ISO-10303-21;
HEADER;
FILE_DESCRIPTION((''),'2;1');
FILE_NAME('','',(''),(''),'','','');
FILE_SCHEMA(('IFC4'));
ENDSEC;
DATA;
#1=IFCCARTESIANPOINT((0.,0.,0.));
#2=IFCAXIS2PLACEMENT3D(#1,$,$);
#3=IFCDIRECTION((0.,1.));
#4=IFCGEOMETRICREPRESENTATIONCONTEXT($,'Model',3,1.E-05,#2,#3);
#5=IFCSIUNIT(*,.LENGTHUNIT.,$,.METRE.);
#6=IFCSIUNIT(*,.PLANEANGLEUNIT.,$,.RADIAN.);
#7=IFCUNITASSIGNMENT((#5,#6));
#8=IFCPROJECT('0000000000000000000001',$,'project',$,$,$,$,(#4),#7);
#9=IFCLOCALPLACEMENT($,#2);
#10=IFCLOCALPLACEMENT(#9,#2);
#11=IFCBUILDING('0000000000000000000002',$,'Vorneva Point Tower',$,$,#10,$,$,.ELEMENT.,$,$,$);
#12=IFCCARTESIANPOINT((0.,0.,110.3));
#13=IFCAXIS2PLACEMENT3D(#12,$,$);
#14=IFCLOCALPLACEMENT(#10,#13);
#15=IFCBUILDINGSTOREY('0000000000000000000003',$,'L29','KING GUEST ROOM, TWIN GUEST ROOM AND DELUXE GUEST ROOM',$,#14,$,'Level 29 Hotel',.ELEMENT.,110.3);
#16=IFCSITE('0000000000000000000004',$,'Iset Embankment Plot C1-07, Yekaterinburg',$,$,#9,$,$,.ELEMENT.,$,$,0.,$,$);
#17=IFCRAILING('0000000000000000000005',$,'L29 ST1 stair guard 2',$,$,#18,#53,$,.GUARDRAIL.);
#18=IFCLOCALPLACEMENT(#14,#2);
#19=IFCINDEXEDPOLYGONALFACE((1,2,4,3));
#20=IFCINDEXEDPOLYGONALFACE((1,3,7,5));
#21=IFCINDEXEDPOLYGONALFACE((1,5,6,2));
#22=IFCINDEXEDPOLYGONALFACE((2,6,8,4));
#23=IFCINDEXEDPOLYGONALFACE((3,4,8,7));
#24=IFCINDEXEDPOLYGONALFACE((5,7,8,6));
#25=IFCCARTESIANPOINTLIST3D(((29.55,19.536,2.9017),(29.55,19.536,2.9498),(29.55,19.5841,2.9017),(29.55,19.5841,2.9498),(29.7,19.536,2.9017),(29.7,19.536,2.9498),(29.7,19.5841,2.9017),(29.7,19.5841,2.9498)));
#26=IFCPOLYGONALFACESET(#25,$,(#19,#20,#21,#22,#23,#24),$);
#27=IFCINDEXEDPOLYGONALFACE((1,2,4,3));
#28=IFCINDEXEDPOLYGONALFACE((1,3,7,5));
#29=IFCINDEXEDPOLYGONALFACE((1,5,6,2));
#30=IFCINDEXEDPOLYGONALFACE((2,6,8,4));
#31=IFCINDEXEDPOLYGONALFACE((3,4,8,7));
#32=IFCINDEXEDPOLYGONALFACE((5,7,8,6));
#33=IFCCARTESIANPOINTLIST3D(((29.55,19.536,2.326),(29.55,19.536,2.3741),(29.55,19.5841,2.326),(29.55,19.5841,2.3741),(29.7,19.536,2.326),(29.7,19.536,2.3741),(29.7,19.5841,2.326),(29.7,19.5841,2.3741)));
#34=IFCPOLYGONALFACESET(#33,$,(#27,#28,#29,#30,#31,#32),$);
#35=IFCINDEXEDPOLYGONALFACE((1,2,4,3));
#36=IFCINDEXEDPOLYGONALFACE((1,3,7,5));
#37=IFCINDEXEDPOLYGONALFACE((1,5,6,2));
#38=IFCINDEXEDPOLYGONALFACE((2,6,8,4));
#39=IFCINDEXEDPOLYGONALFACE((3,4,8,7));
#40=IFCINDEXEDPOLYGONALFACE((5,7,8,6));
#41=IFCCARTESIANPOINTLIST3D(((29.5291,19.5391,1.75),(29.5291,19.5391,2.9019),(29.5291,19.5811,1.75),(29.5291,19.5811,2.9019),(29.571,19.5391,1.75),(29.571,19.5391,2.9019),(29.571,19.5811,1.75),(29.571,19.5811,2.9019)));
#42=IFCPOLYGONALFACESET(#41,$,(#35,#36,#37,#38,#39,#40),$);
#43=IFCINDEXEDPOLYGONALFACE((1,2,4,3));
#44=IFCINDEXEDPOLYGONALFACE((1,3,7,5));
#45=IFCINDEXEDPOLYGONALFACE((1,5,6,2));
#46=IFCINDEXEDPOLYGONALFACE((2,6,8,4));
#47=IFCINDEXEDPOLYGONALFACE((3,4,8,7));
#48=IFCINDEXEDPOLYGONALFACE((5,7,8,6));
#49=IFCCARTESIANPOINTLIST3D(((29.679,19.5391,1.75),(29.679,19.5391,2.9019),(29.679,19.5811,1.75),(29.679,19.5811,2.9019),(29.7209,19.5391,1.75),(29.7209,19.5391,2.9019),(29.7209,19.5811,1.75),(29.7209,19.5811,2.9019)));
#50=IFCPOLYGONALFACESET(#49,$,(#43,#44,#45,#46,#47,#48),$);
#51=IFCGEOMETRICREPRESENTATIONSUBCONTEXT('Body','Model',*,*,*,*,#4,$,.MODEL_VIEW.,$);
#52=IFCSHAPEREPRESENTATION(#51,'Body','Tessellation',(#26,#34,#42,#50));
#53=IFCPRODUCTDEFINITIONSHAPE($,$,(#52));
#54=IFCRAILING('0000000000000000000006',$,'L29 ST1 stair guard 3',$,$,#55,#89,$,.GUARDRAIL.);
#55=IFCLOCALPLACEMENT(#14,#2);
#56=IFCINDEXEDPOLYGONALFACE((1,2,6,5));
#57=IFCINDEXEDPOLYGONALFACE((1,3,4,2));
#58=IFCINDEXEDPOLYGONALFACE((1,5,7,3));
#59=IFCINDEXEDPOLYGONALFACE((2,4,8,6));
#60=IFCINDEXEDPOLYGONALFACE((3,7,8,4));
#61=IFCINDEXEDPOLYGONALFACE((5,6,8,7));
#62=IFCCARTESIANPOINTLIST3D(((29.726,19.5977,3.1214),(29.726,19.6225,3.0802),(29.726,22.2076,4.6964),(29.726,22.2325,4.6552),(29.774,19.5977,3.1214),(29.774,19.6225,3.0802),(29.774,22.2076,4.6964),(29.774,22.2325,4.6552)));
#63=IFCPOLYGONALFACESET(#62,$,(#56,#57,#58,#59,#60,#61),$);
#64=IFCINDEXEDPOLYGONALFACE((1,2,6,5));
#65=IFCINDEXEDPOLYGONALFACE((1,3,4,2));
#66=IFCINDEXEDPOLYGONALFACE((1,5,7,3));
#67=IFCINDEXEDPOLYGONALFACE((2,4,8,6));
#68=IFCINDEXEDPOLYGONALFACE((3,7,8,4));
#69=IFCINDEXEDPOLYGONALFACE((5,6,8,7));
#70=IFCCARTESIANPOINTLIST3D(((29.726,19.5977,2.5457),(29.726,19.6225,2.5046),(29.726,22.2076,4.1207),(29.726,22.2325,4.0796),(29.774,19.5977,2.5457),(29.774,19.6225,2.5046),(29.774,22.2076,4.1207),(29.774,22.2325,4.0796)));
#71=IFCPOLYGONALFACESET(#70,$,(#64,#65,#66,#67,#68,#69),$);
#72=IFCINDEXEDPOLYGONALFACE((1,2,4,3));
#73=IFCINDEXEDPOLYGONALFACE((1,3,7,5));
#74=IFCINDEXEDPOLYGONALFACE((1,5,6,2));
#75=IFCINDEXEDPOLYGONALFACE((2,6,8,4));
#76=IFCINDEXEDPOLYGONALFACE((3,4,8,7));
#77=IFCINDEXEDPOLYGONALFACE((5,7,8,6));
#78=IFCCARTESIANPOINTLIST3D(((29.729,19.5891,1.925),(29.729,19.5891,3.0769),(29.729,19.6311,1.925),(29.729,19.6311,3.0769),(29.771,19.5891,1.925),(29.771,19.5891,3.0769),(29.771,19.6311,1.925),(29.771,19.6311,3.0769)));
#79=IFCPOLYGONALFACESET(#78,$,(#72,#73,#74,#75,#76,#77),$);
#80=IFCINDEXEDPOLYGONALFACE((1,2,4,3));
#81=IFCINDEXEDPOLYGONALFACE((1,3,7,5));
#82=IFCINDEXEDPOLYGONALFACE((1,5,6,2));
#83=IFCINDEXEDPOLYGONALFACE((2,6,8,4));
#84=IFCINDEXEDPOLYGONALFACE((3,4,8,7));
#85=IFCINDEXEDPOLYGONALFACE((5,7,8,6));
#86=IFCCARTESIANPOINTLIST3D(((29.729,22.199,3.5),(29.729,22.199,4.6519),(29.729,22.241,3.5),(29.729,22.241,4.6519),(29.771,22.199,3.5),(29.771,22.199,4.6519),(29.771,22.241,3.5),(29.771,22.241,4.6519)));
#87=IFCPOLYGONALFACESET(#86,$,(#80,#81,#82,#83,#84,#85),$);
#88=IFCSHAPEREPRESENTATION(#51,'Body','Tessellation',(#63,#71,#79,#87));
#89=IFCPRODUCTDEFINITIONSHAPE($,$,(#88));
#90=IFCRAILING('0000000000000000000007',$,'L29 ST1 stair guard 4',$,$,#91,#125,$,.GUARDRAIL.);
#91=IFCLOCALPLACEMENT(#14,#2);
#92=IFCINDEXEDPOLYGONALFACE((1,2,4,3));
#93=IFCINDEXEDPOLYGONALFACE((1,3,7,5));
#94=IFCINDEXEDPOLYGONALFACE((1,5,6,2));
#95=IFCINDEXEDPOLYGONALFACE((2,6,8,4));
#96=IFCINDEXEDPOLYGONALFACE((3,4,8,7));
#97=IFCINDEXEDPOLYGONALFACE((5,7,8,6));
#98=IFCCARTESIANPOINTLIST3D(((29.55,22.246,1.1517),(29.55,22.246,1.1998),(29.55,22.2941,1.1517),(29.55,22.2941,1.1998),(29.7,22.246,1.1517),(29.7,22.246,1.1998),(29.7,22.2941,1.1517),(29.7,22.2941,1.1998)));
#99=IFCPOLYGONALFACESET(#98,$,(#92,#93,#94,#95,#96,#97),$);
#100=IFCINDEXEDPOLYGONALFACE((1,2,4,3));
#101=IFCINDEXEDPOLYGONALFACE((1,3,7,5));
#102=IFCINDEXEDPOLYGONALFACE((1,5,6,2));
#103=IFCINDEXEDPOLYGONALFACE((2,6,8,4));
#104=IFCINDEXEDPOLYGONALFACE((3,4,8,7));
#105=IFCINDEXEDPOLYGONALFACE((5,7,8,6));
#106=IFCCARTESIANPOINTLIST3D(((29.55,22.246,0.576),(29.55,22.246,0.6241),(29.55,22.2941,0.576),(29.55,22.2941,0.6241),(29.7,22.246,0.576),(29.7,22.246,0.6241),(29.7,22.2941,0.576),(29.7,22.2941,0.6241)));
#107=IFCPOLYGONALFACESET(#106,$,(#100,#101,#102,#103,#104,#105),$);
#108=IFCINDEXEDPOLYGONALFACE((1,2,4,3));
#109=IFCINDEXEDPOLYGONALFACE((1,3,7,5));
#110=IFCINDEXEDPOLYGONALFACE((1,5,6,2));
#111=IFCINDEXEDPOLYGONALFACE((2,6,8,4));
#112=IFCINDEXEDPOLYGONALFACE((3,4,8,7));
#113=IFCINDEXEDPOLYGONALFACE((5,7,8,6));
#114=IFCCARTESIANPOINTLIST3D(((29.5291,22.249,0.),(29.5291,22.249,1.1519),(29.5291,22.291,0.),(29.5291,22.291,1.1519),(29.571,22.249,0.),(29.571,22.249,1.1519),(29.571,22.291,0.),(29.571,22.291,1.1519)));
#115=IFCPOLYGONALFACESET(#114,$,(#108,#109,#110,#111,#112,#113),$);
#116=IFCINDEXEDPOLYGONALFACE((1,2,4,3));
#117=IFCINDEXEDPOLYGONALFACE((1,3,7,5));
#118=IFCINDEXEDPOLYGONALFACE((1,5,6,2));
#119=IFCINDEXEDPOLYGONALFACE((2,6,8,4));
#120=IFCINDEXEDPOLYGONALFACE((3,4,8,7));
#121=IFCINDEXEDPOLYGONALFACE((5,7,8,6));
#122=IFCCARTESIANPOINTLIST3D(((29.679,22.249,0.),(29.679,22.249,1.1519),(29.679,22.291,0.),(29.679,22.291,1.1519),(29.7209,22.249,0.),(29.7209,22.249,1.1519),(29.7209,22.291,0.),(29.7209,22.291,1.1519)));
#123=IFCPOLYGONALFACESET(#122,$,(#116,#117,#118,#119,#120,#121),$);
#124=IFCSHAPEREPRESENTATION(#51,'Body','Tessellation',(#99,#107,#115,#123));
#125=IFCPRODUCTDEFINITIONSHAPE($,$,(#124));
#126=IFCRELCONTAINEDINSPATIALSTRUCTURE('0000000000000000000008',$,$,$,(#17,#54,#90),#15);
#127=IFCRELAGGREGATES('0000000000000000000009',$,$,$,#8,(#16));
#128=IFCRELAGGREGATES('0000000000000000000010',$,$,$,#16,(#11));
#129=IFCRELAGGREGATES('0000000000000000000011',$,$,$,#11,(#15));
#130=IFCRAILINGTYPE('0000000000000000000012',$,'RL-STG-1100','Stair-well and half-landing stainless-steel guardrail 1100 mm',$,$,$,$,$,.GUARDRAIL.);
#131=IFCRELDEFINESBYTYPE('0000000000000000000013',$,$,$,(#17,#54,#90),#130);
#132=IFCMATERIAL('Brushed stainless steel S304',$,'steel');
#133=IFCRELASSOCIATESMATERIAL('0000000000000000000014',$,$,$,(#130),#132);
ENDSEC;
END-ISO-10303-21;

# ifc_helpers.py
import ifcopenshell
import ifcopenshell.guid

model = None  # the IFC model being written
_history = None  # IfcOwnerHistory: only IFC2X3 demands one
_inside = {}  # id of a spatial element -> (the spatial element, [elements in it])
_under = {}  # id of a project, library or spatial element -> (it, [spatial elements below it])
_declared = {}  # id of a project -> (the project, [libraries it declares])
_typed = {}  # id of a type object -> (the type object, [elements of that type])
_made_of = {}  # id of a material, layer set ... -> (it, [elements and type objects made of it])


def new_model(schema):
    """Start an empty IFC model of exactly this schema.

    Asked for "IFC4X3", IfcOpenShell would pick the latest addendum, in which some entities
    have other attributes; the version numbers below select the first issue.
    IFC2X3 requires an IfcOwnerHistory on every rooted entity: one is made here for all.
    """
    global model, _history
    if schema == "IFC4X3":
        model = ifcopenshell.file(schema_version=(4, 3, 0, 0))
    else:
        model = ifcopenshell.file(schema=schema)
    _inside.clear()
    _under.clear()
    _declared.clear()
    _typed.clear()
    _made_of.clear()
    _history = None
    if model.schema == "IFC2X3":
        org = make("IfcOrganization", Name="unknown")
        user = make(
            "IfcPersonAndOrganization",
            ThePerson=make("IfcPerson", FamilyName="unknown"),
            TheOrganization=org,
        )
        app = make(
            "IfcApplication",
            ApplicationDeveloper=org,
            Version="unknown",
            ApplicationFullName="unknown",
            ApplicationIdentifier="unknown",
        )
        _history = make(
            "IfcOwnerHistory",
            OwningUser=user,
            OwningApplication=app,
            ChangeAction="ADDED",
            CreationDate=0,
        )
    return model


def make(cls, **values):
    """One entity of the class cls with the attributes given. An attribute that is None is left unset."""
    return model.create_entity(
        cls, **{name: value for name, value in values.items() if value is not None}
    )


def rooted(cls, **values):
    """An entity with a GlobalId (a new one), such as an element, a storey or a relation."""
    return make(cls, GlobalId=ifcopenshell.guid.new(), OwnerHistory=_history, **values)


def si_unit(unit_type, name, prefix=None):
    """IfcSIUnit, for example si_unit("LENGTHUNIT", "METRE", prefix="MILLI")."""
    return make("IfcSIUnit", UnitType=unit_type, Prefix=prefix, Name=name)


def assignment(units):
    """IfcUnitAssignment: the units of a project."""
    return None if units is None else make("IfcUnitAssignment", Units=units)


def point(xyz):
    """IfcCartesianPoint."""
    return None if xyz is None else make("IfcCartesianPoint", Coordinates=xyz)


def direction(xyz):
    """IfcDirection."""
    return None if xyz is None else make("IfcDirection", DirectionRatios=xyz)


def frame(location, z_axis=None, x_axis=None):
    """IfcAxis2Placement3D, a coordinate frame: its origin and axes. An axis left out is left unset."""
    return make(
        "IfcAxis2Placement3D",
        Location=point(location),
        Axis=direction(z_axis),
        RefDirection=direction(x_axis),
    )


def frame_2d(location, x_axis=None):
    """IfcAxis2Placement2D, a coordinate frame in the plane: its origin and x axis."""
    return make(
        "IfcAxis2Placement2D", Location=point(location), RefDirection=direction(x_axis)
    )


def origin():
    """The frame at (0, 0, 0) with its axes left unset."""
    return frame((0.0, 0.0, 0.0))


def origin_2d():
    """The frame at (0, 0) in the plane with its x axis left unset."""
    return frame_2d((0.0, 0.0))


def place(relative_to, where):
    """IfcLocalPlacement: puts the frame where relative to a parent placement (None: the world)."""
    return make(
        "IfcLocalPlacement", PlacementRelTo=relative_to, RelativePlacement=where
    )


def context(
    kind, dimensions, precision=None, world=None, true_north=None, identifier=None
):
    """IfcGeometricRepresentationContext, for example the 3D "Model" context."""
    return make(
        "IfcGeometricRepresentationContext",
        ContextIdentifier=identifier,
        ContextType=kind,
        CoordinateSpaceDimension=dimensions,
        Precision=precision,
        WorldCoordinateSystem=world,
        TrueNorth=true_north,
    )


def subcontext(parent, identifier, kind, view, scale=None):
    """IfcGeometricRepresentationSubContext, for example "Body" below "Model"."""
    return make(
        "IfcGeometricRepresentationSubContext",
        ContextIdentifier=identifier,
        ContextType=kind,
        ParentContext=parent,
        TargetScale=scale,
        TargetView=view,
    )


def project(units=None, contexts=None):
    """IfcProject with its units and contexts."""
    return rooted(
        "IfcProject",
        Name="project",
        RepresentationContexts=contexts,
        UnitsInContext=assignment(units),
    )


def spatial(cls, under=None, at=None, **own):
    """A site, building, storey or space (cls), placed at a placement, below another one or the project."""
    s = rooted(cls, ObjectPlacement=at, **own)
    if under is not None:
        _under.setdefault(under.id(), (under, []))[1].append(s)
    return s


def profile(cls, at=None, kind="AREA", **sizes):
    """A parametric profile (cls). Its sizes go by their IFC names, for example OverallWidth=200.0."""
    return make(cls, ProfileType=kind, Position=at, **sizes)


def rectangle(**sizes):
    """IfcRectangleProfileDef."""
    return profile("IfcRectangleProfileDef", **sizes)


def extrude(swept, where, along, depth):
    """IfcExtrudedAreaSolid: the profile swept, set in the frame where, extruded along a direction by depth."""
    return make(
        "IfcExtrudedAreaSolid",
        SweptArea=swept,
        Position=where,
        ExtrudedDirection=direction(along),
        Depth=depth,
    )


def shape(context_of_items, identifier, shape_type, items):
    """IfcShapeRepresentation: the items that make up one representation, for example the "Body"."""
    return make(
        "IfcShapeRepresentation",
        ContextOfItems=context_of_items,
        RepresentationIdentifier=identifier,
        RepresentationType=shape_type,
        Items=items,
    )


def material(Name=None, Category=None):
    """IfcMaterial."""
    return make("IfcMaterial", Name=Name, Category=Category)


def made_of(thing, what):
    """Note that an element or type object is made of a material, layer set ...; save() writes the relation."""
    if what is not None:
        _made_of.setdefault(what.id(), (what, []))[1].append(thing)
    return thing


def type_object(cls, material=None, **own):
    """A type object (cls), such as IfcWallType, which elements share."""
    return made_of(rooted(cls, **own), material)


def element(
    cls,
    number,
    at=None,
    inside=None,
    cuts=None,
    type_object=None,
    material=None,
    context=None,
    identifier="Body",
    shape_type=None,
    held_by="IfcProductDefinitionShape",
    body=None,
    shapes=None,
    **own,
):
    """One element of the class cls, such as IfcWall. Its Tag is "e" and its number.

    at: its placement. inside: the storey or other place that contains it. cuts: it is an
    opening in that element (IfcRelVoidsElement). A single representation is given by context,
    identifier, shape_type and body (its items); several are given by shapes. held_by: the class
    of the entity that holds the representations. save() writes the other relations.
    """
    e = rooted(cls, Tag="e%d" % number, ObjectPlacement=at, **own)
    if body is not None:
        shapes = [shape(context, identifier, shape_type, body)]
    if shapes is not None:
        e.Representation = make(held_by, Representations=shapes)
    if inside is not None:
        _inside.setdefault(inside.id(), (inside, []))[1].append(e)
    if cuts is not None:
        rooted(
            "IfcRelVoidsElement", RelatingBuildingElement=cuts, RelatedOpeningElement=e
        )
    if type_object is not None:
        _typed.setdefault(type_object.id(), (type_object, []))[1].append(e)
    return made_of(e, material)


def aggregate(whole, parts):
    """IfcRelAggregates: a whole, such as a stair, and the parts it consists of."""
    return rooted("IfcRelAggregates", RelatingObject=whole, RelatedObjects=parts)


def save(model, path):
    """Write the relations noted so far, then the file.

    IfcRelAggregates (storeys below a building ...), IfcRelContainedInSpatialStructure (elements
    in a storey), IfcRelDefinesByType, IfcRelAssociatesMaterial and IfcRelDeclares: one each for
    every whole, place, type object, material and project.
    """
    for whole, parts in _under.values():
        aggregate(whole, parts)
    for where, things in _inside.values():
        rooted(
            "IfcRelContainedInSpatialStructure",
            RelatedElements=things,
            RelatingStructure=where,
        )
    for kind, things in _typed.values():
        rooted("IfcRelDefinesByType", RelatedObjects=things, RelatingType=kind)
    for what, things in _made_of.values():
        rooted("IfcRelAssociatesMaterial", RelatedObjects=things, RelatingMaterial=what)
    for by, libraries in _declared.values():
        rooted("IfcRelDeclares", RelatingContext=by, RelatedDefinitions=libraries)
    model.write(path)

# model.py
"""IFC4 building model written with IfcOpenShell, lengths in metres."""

from ifc_helpers import new_model, si_unit, direction, frame, origin, origin_2d, place, context, subcontext, project, spatial, rectangle, extrude, material, type_object, element, save


model = new_model("IFC4")

# Units and contexts
model_context = context("Model", 3, precision=1e-05, world=origin(), true_north=direction((0.0, 1.0)))
body_context = subcontext(model_context, "Body", "Model", "MODEL_VIEW")
ifc_project = project(units=[si_unit("LENGTHUNIT", "METRE"), si_unit("PLANEANGLEUNIT", "RADIAN")], contexts=[model_context])

# Site, building, storey
site_placement = place(None, origin())
site = spatial("IfcSite", under=ifc_project, at=site_placement, Name="Iset Embankment Plot C1-07, Yekaterinburg", CompositionType="ELEMENT", RefElevation=0.0)
building_placement = place(site_placement, origin())
building = spatial("IfcBuilding", under=site, at=building_placement, Name="Vorneva Point Tower", CompositionType="ELEMENT")
storey_placement = place(building_placement, frame((0.0, 0.0, 110.3)))
storey = spatial("IfcBuildingStorey", under=building, at=storey_placement, Name="L29", Description="KING GUEST ROOM, TWIN GUEST ROOM AND DELUXE GUEST ROOM", LongName="Level 29 Hotel", CompositionType="ELEMENT", Elevation=110.3)

# Railings
ifc_material_1 = material(Name="Brushed stainless steel S304", Category="steel")
railing_type_1 = type_object("IfcRailingType", Name="RL-STG-1100", Description="Stair-well and half-landing stainless-steel guardrail 1100 mm", PredefinedType="GUARDRAIL", material=ifc_material_1)
railing_1_placement = place(storey_placement, frame((29.55, 19.5601, 1.75)))
element("IfcRailing", 1, at=railing_1_placement, inside=storey, type_object=railing_type_1, Name="L29 ST1 stair guard 2", PredefinedType="GUARDRAIL", context=body_context, shape_type="SweptSolid", body=[
    extrude(rectangle(XDim=0.0481, YDim=0.0481, at=origin_2d()), frame((0.0, 0.0, 1.1758), z_axis=(1.0, 0.0, 0.0), x_axis=(0.0, 1.0, 0.0)), (0.0, 0.0, 1.0), 0.1499),
    extrude(rectangle(XDim=0.0481, YDim=0.0481, at=origin_2d()), frame((0.0, 0.0, 0.6001), z_axis=(1.0, 0.0, 0.0), x_axis=(0.0, 1.0, 0.0)), (0.0, 0.0, 1.0), 0.1499),
    extrude(rectangle(XDim=0.042, YDim=0.042, at=origin_2d()), origin(), (0.0, 0.0, 1.0), 1.1519),
    extrude(rectangle(XDim=0.042, YDim=0.042, at=origin_2d()), frame((0.1499, 0.0, 0.0)), (0.0, 0.0, 1.0), 1.1519),
])
railing_2_placement = place(storey_placement, frame((29.75, 19.6101, 1.925)))
element("IfcRailing", 2, at=railing_2_placement, inside=storey, type_object=railing_type_1, Name="L29 ST1 stair guard 3", PredefinedType="GUARDRAIL", context=body_context, shape_type="SweptSolid", body=[
    extrude(rectangle(XDim=0.0481, YDim=0.0481, at=origin_2d()), frame((0.0, 0.0, 1.1758), z_axis=(0.0, 0.856183, 0.516673), x_axis=(-1.0, 0.0, 0.0)), (0.0, 0.0, 1.0), 3.0483),
    extrude(rectangle(XDim=0.0481, YDim=0.0481, at=origin_2d()), frame((0.0, 0.0, 0.6001), z_axis=(0.0, 0.856183, 0.516673), x_axis=(-1.0, 0.0, 0.0)), (0.0, 0.0, 1.0), 3.0483),
    extrude(rectangle(XDim=0.042, YDim=0.042, at=origin_2d()), origin(), (0.0, 0.0, 1.0), 1.1519),
    extrude(rectangle(XDim=0.042, YDim=0.042, at=origin_2d()), frame((0.0, 2.6099, 1.575)), (0.0, 0.0, 1.0), 1.1519),
])
railing_3_placement = place(storey_placement, frame((29.55, 22.27, 0.0)))
element("IfcRailing", 3, at=railing_3_placement, inside=storey, type_object=railing_type_1, Name="L29 ST1 stair guard 4", PredefinedType="GUARDRAIL", context=body_context, shape_type="SweptSolid", body=[
    extrude(rectangle(XDim=0.0481, YDim=0.0481, at=origin_2d()), frame((0.0, 0.0, 1.1758), z_axis=(1.0, 0.0, 0.0), x_axis=(0.0, 1.0, 0.0)), (0.0, 0.0, 1.0), 0.1499),
    extrude(rectangle(XDim=0.0481, YDim=0.0481, at=origin_2d()), frame((0.0, 0.0, 0.6001), z_axis=(1.0, 0.0, 0.0), x_axis=(0.0, 1.0, 0.0)), (0.0, 0.0, 1.0), 0.1499),
    extrude(rectangle(XDim=0.042, YDim=0.042, at=origin_2d()), origin(), (0.0, 0.0, 1.0), 1.1519),
    extrude(rectangle(XDim=0.042, YDim=0.042, at=origin_2d()), frame((0.1499, 0.0, 0.0)), (0.0, 0.0, 1.0), 1.1519),
])

save(model, "model.ifc")
